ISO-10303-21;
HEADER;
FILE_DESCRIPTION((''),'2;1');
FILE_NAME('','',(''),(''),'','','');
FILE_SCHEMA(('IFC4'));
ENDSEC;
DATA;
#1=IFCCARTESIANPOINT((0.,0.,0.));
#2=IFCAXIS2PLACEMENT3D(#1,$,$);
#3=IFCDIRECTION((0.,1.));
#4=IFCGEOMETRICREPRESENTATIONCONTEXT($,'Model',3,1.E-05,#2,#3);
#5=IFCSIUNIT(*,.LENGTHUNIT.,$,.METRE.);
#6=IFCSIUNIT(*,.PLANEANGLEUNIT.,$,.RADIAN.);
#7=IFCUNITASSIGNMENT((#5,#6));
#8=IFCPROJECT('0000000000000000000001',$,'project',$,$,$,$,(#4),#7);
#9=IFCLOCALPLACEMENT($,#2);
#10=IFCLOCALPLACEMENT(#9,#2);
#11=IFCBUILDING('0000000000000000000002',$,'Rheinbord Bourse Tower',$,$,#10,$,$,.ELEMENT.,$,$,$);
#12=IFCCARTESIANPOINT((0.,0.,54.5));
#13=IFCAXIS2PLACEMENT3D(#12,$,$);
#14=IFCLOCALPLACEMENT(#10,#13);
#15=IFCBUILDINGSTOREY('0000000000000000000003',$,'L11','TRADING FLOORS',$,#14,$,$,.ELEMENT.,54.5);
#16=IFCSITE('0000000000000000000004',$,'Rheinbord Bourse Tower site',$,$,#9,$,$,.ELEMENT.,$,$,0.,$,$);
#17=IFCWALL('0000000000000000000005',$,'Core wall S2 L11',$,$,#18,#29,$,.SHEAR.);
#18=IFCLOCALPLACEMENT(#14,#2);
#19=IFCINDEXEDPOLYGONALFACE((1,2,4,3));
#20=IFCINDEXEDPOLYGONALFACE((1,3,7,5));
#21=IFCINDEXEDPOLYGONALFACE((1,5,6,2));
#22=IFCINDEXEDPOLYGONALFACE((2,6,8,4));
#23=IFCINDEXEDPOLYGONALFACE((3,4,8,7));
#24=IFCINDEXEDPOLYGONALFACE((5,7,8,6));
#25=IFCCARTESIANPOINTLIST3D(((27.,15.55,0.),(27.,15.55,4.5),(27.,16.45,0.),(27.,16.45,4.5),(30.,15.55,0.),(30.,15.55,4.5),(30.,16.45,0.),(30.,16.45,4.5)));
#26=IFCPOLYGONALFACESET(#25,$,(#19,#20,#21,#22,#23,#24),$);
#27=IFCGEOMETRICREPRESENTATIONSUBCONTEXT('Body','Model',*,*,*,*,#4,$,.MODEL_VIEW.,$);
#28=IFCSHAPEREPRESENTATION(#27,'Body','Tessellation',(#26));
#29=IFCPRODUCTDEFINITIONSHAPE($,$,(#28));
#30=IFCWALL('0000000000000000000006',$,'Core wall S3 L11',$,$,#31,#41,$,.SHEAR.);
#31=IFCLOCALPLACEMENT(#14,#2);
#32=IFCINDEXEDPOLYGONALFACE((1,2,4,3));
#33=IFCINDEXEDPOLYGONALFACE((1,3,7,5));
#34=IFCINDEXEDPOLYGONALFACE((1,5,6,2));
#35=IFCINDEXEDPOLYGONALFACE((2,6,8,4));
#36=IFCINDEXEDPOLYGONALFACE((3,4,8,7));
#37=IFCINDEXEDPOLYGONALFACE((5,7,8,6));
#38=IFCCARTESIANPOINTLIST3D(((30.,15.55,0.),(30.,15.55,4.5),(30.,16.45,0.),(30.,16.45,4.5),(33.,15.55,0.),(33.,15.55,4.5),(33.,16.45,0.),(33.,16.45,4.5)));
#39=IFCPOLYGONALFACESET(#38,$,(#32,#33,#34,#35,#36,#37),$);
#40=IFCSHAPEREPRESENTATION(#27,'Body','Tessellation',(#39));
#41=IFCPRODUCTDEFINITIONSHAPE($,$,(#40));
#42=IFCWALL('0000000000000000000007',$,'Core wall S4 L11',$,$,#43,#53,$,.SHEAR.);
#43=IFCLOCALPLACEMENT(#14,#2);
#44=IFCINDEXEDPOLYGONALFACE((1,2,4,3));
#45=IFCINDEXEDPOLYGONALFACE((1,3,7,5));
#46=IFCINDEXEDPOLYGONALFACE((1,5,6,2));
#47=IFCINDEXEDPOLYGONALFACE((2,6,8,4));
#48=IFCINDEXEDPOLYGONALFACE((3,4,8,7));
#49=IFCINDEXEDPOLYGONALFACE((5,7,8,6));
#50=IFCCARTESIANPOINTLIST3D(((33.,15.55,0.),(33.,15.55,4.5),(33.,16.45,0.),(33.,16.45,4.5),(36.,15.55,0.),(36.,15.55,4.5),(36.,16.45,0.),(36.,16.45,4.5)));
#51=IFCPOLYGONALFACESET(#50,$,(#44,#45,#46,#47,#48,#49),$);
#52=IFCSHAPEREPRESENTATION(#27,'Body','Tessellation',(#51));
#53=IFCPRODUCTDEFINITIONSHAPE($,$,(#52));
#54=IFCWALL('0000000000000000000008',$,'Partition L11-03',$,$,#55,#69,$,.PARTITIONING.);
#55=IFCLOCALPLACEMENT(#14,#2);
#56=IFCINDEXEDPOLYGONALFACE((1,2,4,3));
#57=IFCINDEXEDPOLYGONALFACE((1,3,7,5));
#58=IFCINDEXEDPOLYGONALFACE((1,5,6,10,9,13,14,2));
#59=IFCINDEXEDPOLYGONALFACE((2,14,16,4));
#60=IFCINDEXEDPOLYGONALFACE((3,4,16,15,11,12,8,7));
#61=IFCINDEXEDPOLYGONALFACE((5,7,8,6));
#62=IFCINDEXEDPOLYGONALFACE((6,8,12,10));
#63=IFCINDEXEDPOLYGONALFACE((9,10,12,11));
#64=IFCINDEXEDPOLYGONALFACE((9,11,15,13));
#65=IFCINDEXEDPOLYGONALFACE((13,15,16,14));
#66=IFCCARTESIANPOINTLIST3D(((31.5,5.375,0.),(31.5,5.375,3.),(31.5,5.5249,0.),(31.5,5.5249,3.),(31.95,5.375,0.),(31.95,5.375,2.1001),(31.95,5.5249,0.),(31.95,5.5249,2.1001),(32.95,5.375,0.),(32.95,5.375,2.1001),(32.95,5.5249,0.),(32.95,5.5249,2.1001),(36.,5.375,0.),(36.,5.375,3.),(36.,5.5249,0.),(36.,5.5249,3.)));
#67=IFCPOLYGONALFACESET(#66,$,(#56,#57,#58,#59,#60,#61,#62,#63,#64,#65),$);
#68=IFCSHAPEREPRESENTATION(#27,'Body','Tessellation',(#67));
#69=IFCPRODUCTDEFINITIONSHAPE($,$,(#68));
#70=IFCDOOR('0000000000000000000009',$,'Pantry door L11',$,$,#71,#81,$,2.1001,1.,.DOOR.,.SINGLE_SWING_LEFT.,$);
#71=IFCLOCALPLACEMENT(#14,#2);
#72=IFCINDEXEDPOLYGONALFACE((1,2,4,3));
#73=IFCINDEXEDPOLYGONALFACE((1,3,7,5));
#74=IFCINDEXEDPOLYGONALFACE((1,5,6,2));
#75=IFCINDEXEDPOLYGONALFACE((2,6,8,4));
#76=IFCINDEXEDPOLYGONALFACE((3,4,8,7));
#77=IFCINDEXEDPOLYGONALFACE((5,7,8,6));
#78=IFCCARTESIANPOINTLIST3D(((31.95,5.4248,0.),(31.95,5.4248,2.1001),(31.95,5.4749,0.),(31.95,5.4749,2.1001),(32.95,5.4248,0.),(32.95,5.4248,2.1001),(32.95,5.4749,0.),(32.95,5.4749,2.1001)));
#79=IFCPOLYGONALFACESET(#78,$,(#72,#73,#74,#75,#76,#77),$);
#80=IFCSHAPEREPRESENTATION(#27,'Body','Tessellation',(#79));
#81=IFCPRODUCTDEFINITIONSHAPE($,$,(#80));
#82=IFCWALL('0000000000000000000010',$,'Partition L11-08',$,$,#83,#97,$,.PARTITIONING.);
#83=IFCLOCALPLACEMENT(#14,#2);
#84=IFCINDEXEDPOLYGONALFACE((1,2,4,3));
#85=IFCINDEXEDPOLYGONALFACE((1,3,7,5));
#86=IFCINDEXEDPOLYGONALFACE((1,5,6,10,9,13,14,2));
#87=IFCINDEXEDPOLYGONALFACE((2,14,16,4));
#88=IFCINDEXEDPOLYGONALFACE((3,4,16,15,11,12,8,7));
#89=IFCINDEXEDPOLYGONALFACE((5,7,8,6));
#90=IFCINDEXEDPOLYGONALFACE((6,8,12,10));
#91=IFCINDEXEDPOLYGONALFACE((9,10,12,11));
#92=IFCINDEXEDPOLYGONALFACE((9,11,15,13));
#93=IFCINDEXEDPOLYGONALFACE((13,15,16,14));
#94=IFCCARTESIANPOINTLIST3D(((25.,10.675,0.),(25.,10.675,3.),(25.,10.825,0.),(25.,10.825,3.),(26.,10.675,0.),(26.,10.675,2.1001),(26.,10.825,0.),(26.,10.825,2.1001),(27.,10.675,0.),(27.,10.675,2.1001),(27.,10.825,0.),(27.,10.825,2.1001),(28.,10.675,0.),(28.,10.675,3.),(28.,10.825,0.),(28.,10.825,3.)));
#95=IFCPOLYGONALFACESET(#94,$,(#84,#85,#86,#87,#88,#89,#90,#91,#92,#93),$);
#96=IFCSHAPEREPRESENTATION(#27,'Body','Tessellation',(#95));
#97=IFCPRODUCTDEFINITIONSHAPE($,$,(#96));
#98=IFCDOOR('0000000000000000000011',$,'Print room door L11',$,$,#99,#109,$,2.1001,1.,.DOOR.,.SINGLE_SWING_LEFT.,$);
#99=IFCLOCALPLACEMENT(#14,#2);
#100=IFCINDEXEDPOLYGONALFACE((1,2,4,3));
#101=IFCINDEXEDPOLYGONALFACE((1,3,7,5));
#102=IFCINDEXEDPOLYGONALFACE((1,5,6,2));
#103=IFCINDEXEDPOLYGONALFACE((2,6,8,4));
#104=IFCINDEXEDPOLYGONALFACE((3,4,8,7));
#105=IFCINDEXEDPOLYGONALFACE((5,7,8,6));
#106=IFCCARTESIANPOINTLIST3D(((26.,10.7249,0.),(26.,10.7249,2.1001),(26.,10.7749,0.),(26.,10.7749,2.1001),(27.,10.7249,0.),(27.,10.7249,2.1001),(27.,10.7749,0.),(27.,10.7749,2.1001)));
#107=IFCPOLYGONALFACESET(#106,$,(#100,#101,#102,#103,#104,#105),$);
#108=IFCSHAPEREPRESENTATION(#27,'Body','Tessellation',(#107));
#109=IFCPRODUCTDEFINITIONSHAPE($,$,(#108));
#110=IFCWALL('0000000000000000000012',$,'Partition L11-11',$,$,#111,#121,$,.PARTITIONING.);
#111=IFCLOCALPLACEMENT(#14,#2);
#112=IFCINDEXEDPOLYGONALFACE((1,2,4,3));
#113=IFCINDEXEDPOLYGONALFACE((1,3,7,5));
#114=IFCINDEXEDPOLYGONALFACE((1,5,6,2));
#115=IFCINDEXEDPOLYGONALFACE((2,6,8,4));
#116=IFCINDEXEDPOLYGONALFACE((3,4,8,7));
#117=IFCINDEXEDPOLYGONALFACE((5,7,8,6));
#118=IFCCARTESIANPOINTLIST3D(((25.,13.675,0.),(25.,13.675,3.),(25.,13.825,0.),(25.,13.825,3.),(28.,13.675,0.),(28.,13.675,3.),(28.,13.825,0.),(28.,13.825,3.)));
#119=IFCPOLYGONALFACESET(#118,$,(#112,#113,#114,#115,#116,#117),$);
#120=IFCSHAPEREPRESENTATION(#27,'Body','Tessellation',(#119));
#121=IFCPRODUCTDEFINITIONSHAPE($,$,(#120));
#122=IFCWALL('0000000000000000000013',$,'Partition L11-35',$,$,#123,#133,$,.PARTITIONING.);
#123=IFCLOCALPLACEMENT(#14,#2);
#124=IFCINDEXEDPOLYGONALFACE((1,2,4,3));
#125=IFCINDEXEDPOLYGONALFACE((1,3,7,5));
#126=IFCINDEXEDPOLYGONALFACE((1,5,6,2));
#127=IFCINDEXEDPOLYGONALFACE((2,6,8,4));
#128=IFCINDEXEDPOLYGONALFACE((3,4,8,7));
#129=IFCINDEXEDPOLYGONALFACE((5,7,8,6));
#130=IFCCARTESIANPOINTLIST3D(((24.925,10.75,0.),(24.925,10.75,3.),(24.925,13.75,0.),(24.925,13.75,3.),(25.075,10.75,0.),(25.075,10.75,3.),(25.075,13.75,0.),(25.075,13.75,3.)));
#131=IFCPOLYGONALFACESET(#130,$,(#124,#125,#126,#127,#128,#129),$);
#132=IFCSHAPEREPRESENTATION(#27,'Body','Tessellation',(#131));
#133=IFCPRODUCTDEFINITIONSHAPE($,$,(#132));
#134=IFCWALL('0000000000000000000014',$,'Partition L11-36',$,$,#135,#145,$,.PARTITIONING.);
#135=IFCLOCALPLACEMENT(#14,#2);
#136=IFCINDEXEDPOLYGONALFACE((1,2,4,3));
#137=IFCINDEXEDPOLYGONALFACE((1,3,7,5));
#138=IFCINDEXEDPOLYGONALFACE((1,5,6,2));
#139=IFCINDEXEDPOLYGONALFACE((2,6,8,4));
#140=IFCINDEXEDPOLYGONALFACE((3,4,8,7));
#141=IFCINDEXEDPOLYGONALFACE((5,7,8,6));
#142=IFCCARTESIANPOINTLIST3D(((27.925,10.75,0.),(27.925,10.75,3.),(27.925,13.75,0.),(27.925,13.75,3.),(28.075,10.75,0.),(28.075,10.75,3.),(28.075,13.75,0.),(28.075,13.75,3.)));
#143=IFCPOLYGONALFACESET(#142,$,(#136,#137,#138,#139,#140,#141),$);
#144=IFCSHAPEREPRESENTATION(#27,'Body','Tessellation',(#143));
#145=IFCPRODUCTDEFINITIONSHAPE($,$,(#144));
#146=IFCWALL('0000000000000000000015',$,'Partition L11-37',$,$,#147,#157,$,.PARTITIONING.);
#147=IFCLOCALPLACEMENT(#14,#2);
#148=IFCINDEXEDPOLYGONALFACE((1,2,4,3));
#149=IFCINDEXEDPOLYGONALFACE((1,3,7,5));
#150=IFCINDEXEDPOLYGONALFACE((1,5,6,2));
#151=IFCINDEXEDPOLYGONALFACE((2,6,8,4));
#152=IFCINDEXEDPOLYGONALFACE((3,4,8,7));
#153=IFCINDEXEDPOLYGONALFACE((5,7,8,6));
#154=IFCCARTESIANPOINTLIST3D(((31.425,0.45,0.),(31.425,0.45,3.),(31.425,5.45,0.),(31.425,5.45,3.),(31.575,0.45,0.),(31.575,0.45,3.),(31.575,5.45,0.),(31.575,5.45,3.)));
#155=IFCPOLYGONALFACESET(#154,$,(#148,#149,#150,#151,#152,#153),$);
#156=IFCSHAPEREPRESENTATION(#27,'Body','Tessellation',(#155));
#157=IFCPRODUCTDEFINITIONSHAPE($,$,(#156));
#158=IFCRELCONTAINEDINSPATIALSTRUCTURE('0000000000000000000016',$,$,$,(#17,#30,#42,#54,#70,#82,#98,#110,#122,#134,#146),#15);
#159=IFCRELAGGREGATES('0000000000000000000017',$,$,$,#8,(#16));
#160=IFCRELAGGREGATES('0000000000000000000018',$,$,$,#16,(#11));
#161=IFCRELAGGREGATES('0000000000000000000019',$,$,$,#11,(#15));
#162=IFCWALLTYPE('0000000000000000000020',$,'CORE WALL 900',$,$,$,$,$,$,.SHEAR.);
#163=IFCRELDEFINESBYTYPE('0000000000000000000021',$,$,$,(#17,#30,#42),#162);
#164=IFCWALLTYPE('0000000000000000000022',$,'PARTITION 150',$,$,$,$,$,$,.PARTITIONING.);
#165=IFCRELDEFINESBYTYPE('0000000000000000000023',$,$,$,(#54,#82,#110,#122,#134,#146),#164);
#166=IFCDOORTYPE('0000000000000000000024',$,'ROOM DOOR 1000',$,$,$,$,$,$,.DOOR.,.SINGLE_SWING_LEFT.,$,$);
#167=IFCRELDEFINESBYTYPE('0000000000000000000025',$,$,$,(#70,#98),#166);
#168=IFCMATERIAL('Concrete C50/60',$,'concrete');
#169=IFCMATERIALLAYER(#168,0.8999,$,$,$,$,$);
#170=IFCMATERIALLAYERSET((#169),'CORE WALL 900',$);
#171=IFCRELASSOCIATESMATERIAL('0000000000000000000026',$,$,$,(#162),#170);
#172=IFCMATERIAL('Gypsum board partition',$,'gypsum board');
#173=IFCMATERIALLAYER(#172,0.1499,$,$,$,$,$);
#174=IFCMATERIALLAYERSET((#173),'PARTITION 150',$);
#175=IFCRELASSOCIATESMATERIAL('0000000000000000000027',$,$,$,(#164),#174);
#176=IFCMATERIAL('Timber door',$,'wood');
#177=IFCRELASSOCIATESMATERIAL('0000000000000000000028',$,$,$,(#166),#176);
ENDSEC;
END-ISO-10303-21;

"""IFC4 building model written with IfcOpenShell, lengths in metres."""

from ifc_helpers import new_model, si_unit, direction, frame, frame_2d, origin, place, context, subcontext, project, spatial, rectangle, extrude, material, layer, layer_set, type_object, element, fill, save


model = new_model("IFC4")

# Units and contexts
model_context = context("Model", 3, precision=1e-05, world=origin(), true_north=direction((0.0, 1.0)))
body_context = subcontext(model_context, "Body", "Model", "MODEL_VIEW")
ifc_project = project(units=[si_unit("LENGTHUNIT", "METRE"), si_unit("PLANEANGLEUNIT", "RADIAN")], contexts=[model_context])

# Site, building, storey
site_placement = place(None, origin())
site = spatial("IfcSite", under=ifc_project, at=site_placement, Name="Rheinbord Bourse Tower site", CompositionType="ELEMENT", RefElevation=0.0)
building_placement = place(site_placement, origin())
building = spatial("IfcBuilding", under=site, at=building_placement, Name="Rheinbord Bourse Tower", CompositionType="ELEMENT")
storey_placement = place(building_placement, frame((0.0, 0.0, 54.5)))
storey = spatial("IfcBuildingStorey", under=building, at=storey_placement, Name="L11", Description="TRADING FLOORS", CompositionType="ELEMENT", Elevation=54.5)

# Walls
ifc_material_1 = material(Name="Concrete C50/60", Category="concrete")
ifc_layer_1 = layer(ifc_material_1, 0.8999)
ifc_layer_set_1 = layer_set([ifc_layer_1], Name="CORE WALL 900")
wall_type_1 = type_object("IfcWallType", Name="CORE WALL 900", PredefinedType="SHEAR", material=ifc_layer_set_1)
for number, where, z_axis, x_axis, name in (
    (1, (27.0, 16.0, 0.0), (0.0, 0.0, 1.0), (1.0, 0.0, 0.0), "Core wall S2 L11"),
    (2, (30.0, 16.0, 0.0), (0.0, 0.0, 1.0), (1.0, 0.0, 0.0), "Core wall S3 L11"),
    (3, (33.0, 16.0, 0.0), (0.0, 0.0, 1.0), (1.0, 0.0, 0.0), "Core wall S4 L11"),
):
    element("IfcWall", number, at=place(storey_placement, frame(where, z_axis=z_axis, x_axis=x_axis)), inside=storey, type_object=wall_type_1, Name=name, PredefinedType="SHEAR", context=body_context, shape_type="SweptSolid", body=[
        extrude(rectangle(XDim=3.0, YDim=0.8999, at=frame_2d((1.5, 0.0))), origin(), (0.0, 0.0, 1.0), 4.5),
    ])

# Walls, openings, doors
ifc_material_2 = material(Name="Gypsum board partition", Category="gypsum board")
ifc_layer_2 = layer(ifc_material_2, 0.1499)
ifc_layer_set_2 = layer_set([ifc_layer_2], Name="PARTITION 150")
wall_type_2 = type_object("IfcWallType", Name="PARTITION 150", PredefinedType="PARTITIONING", material=ifc_layer_set_2)
wall_1_placement = place(storey_placement, frame((31.5, 5.45, 0.0), z_axis=(0.0, 0.0, 1.0), x_axis=(1.0, 0.0, 0.0)))
wall_1 = element("IfcWall", 4, at=wall_1_placement, inside=storey, type_object=wall_type_2, Name="Partition L11-03", PredefinedType="PARTITIONING", context=body_context, shape_type="SweptSolid", body=[
    extrude(rectangle(XDim=4.5, YDim=0.1499, at=frame_2d((2.25, 0.0))), origin(), (0.0, 0.0, 1.0), 3.0),
])
opening_1_placement = place(wall_1_placement, frame((0.45, 0.0, 0.0)))
opening_1 = element("IfcOpeningElement", 5, at=opening_1_placement, cuts=wall_1, PredefinedType="OPENING", context=body_context, shape_type="SweptSolid", body=[
    extrude(rectangle(XDim=1.0, YDim=2.1001, at=frame_2d((0.5, 1.05))), frame((0.0, 0.085, 0.0), z_axis=(0.0, -1.0, 0.0), x_axis=(1.0, 0.0, 0.0)), (0.0, 0.0, 1.0), 0.1699),
])
ifc_material_3 = material(Name="Timber door", Category="wood")
door_type_1 = type_object("IfcDoorType", Name="ROOM DOOR 1000", OperationType="SINGLE_SWING_LEFT", PredefinedType="DOOR", material=ifc_material_3)
door_1_placement = place(opening_1_placement, origin())
door_1 = element("IfcDoor", 6, at=door_1_placement, inside=storey, type_object=door_type_1, Name="Pantry door L11", OperationType="SINGLE_SWING_LEFT", OverallHeight=2.1001, OverallWidth=1.0, PredefinedType="DOOR", context=body_context, shape_type="SweptSolid", body=[
    extrude(rectangle(XDim=1.0, YDim=2.1001, at=frame_2d((0.5, 1.05))), frame((0.0, 0.0249, 0.0), z_axis=(0.0, -1.0, 0.0), x_axis=(1.0, 0.0, 0.0)), (0.0, 0.0, 1.0), 0.05),
])
fill(opening_1, door_1)
wall_2_placement = place(storey_placement, frame((25.0, 10.75, 0.0), z_axis=(0.0, 0.0, 1.0), x_axis=(1.0, 0.0, 0.0)))
wall_2 = element("IfcWall", 7, at=wall_2_placement, inside=storey, type_object=wall_type_2, Name="Partition L11-08", PredefinedType="PARTITIONING", context=body_context, shape_type="SweptSolid", body=[
    extrude(rectangle(XDim=3.0, YDim=0.1499, at=frame_2d((1.5, 0.0))), origin(), (0.0, 0.0, 1.0), 3.0),
])
opening_2_placement = place(wall_2_placement, frame((1.0, 0.0, 0.0)))
opening_2 = element("IfcOpeningElement", 8, at=opening_2_placement, cuts=wall_2, PredefinedType="OPENING", context=body_context, shape_type="SweptSolid", body=[
    extrude(rectangle(XDim=1.0, YDim=2.1001, at=frame_2d((0.5, 1.05))), frame((0.0, 0.085, 0.0), z_axis=(0.0, -1.0, 0.0), x_axis=(1.0, 0.0, 0.0)), (0.0, 0.0, 1.0), 0.1699),
])
door_2_placement = place(opening_2_placement, origin())
door_2 = element("IfcDoor", 9, at=door_2_placement, inside=storey, type_object=door_type_1, Name="Print room door L11", OperationType="SINGLE_SWING_LEFT", OverallHeight=2.1001, OverallWidth=1.0, PredefinedType="DOOR", context=body_context, shape_type="SweptSolid", body=[
    extrude(rectangle(XDim=1.0, YDim=2.1001, at=frame_2d((0.5, 1.05))), frame((0.0, 0.0249, 0.0), z_axis=(0.0, -1.0, 0.0), x_axis=(1.0, 0.0, 0.0)), (0.0, 0.0, 1.0), 0.05),
])
fill(opening_2, door_2)

# Walls
for number, where, z_axis, x_axis, name in (
    (10, (25.0, 13.75, 0.0), (0.0, 0.0, 1.0), (1.0, 0.0, 0.0), "Partition L11-11"),
    (11, (25.0, 10.75, 0.0), (0.0, 0.0, 1.0), (0.0, 1.0, 0.0), "Partition L11-35"),
    (12, (28.0, 10.75, 0.0), (0.0, 0.0, 1.0), (0.0, 1.0, 0.0), "Partition L11-36"),
):
    element("IfcWall", number, at=place(storey_placement, frame(where, z_axis=z_axis, x_axis=x_axis)), inside=storey, type_object=wall_type_2, Name=name, PredefinedType="PARTITIONING", context=body_context, shape_type="SweptSolid", body=[
        extrude(rectangle(XDim=3.0, YDim=0.1499, at=frame_2d((1.5, 0.0))), origin(), (0.0, 0.0, 1.0), 3.0),
    ])
wall_3_placement = place(storey_placement, frame((31.5, 0.45, 0.0), z_axis=(0.0, 0.0, 1.0), x_axis=(0.0, 1.0, 0.0)))
element("IfcWall", 13, at=wall_3_placement, inside=storey, type_object=wall_type_2, Name="Partition L11-37", PredefinedType="PARTITIONING", context=body_context, shape_type="SweptSolid", body=[
    extrude(rectangle(XDim=5.0, YDim=0.1499, at=frame_2d((2.5, 0.0))), origin(), (0.0, 0.0, 1.0), 3.0),
])

save(model, "model.ifc")
